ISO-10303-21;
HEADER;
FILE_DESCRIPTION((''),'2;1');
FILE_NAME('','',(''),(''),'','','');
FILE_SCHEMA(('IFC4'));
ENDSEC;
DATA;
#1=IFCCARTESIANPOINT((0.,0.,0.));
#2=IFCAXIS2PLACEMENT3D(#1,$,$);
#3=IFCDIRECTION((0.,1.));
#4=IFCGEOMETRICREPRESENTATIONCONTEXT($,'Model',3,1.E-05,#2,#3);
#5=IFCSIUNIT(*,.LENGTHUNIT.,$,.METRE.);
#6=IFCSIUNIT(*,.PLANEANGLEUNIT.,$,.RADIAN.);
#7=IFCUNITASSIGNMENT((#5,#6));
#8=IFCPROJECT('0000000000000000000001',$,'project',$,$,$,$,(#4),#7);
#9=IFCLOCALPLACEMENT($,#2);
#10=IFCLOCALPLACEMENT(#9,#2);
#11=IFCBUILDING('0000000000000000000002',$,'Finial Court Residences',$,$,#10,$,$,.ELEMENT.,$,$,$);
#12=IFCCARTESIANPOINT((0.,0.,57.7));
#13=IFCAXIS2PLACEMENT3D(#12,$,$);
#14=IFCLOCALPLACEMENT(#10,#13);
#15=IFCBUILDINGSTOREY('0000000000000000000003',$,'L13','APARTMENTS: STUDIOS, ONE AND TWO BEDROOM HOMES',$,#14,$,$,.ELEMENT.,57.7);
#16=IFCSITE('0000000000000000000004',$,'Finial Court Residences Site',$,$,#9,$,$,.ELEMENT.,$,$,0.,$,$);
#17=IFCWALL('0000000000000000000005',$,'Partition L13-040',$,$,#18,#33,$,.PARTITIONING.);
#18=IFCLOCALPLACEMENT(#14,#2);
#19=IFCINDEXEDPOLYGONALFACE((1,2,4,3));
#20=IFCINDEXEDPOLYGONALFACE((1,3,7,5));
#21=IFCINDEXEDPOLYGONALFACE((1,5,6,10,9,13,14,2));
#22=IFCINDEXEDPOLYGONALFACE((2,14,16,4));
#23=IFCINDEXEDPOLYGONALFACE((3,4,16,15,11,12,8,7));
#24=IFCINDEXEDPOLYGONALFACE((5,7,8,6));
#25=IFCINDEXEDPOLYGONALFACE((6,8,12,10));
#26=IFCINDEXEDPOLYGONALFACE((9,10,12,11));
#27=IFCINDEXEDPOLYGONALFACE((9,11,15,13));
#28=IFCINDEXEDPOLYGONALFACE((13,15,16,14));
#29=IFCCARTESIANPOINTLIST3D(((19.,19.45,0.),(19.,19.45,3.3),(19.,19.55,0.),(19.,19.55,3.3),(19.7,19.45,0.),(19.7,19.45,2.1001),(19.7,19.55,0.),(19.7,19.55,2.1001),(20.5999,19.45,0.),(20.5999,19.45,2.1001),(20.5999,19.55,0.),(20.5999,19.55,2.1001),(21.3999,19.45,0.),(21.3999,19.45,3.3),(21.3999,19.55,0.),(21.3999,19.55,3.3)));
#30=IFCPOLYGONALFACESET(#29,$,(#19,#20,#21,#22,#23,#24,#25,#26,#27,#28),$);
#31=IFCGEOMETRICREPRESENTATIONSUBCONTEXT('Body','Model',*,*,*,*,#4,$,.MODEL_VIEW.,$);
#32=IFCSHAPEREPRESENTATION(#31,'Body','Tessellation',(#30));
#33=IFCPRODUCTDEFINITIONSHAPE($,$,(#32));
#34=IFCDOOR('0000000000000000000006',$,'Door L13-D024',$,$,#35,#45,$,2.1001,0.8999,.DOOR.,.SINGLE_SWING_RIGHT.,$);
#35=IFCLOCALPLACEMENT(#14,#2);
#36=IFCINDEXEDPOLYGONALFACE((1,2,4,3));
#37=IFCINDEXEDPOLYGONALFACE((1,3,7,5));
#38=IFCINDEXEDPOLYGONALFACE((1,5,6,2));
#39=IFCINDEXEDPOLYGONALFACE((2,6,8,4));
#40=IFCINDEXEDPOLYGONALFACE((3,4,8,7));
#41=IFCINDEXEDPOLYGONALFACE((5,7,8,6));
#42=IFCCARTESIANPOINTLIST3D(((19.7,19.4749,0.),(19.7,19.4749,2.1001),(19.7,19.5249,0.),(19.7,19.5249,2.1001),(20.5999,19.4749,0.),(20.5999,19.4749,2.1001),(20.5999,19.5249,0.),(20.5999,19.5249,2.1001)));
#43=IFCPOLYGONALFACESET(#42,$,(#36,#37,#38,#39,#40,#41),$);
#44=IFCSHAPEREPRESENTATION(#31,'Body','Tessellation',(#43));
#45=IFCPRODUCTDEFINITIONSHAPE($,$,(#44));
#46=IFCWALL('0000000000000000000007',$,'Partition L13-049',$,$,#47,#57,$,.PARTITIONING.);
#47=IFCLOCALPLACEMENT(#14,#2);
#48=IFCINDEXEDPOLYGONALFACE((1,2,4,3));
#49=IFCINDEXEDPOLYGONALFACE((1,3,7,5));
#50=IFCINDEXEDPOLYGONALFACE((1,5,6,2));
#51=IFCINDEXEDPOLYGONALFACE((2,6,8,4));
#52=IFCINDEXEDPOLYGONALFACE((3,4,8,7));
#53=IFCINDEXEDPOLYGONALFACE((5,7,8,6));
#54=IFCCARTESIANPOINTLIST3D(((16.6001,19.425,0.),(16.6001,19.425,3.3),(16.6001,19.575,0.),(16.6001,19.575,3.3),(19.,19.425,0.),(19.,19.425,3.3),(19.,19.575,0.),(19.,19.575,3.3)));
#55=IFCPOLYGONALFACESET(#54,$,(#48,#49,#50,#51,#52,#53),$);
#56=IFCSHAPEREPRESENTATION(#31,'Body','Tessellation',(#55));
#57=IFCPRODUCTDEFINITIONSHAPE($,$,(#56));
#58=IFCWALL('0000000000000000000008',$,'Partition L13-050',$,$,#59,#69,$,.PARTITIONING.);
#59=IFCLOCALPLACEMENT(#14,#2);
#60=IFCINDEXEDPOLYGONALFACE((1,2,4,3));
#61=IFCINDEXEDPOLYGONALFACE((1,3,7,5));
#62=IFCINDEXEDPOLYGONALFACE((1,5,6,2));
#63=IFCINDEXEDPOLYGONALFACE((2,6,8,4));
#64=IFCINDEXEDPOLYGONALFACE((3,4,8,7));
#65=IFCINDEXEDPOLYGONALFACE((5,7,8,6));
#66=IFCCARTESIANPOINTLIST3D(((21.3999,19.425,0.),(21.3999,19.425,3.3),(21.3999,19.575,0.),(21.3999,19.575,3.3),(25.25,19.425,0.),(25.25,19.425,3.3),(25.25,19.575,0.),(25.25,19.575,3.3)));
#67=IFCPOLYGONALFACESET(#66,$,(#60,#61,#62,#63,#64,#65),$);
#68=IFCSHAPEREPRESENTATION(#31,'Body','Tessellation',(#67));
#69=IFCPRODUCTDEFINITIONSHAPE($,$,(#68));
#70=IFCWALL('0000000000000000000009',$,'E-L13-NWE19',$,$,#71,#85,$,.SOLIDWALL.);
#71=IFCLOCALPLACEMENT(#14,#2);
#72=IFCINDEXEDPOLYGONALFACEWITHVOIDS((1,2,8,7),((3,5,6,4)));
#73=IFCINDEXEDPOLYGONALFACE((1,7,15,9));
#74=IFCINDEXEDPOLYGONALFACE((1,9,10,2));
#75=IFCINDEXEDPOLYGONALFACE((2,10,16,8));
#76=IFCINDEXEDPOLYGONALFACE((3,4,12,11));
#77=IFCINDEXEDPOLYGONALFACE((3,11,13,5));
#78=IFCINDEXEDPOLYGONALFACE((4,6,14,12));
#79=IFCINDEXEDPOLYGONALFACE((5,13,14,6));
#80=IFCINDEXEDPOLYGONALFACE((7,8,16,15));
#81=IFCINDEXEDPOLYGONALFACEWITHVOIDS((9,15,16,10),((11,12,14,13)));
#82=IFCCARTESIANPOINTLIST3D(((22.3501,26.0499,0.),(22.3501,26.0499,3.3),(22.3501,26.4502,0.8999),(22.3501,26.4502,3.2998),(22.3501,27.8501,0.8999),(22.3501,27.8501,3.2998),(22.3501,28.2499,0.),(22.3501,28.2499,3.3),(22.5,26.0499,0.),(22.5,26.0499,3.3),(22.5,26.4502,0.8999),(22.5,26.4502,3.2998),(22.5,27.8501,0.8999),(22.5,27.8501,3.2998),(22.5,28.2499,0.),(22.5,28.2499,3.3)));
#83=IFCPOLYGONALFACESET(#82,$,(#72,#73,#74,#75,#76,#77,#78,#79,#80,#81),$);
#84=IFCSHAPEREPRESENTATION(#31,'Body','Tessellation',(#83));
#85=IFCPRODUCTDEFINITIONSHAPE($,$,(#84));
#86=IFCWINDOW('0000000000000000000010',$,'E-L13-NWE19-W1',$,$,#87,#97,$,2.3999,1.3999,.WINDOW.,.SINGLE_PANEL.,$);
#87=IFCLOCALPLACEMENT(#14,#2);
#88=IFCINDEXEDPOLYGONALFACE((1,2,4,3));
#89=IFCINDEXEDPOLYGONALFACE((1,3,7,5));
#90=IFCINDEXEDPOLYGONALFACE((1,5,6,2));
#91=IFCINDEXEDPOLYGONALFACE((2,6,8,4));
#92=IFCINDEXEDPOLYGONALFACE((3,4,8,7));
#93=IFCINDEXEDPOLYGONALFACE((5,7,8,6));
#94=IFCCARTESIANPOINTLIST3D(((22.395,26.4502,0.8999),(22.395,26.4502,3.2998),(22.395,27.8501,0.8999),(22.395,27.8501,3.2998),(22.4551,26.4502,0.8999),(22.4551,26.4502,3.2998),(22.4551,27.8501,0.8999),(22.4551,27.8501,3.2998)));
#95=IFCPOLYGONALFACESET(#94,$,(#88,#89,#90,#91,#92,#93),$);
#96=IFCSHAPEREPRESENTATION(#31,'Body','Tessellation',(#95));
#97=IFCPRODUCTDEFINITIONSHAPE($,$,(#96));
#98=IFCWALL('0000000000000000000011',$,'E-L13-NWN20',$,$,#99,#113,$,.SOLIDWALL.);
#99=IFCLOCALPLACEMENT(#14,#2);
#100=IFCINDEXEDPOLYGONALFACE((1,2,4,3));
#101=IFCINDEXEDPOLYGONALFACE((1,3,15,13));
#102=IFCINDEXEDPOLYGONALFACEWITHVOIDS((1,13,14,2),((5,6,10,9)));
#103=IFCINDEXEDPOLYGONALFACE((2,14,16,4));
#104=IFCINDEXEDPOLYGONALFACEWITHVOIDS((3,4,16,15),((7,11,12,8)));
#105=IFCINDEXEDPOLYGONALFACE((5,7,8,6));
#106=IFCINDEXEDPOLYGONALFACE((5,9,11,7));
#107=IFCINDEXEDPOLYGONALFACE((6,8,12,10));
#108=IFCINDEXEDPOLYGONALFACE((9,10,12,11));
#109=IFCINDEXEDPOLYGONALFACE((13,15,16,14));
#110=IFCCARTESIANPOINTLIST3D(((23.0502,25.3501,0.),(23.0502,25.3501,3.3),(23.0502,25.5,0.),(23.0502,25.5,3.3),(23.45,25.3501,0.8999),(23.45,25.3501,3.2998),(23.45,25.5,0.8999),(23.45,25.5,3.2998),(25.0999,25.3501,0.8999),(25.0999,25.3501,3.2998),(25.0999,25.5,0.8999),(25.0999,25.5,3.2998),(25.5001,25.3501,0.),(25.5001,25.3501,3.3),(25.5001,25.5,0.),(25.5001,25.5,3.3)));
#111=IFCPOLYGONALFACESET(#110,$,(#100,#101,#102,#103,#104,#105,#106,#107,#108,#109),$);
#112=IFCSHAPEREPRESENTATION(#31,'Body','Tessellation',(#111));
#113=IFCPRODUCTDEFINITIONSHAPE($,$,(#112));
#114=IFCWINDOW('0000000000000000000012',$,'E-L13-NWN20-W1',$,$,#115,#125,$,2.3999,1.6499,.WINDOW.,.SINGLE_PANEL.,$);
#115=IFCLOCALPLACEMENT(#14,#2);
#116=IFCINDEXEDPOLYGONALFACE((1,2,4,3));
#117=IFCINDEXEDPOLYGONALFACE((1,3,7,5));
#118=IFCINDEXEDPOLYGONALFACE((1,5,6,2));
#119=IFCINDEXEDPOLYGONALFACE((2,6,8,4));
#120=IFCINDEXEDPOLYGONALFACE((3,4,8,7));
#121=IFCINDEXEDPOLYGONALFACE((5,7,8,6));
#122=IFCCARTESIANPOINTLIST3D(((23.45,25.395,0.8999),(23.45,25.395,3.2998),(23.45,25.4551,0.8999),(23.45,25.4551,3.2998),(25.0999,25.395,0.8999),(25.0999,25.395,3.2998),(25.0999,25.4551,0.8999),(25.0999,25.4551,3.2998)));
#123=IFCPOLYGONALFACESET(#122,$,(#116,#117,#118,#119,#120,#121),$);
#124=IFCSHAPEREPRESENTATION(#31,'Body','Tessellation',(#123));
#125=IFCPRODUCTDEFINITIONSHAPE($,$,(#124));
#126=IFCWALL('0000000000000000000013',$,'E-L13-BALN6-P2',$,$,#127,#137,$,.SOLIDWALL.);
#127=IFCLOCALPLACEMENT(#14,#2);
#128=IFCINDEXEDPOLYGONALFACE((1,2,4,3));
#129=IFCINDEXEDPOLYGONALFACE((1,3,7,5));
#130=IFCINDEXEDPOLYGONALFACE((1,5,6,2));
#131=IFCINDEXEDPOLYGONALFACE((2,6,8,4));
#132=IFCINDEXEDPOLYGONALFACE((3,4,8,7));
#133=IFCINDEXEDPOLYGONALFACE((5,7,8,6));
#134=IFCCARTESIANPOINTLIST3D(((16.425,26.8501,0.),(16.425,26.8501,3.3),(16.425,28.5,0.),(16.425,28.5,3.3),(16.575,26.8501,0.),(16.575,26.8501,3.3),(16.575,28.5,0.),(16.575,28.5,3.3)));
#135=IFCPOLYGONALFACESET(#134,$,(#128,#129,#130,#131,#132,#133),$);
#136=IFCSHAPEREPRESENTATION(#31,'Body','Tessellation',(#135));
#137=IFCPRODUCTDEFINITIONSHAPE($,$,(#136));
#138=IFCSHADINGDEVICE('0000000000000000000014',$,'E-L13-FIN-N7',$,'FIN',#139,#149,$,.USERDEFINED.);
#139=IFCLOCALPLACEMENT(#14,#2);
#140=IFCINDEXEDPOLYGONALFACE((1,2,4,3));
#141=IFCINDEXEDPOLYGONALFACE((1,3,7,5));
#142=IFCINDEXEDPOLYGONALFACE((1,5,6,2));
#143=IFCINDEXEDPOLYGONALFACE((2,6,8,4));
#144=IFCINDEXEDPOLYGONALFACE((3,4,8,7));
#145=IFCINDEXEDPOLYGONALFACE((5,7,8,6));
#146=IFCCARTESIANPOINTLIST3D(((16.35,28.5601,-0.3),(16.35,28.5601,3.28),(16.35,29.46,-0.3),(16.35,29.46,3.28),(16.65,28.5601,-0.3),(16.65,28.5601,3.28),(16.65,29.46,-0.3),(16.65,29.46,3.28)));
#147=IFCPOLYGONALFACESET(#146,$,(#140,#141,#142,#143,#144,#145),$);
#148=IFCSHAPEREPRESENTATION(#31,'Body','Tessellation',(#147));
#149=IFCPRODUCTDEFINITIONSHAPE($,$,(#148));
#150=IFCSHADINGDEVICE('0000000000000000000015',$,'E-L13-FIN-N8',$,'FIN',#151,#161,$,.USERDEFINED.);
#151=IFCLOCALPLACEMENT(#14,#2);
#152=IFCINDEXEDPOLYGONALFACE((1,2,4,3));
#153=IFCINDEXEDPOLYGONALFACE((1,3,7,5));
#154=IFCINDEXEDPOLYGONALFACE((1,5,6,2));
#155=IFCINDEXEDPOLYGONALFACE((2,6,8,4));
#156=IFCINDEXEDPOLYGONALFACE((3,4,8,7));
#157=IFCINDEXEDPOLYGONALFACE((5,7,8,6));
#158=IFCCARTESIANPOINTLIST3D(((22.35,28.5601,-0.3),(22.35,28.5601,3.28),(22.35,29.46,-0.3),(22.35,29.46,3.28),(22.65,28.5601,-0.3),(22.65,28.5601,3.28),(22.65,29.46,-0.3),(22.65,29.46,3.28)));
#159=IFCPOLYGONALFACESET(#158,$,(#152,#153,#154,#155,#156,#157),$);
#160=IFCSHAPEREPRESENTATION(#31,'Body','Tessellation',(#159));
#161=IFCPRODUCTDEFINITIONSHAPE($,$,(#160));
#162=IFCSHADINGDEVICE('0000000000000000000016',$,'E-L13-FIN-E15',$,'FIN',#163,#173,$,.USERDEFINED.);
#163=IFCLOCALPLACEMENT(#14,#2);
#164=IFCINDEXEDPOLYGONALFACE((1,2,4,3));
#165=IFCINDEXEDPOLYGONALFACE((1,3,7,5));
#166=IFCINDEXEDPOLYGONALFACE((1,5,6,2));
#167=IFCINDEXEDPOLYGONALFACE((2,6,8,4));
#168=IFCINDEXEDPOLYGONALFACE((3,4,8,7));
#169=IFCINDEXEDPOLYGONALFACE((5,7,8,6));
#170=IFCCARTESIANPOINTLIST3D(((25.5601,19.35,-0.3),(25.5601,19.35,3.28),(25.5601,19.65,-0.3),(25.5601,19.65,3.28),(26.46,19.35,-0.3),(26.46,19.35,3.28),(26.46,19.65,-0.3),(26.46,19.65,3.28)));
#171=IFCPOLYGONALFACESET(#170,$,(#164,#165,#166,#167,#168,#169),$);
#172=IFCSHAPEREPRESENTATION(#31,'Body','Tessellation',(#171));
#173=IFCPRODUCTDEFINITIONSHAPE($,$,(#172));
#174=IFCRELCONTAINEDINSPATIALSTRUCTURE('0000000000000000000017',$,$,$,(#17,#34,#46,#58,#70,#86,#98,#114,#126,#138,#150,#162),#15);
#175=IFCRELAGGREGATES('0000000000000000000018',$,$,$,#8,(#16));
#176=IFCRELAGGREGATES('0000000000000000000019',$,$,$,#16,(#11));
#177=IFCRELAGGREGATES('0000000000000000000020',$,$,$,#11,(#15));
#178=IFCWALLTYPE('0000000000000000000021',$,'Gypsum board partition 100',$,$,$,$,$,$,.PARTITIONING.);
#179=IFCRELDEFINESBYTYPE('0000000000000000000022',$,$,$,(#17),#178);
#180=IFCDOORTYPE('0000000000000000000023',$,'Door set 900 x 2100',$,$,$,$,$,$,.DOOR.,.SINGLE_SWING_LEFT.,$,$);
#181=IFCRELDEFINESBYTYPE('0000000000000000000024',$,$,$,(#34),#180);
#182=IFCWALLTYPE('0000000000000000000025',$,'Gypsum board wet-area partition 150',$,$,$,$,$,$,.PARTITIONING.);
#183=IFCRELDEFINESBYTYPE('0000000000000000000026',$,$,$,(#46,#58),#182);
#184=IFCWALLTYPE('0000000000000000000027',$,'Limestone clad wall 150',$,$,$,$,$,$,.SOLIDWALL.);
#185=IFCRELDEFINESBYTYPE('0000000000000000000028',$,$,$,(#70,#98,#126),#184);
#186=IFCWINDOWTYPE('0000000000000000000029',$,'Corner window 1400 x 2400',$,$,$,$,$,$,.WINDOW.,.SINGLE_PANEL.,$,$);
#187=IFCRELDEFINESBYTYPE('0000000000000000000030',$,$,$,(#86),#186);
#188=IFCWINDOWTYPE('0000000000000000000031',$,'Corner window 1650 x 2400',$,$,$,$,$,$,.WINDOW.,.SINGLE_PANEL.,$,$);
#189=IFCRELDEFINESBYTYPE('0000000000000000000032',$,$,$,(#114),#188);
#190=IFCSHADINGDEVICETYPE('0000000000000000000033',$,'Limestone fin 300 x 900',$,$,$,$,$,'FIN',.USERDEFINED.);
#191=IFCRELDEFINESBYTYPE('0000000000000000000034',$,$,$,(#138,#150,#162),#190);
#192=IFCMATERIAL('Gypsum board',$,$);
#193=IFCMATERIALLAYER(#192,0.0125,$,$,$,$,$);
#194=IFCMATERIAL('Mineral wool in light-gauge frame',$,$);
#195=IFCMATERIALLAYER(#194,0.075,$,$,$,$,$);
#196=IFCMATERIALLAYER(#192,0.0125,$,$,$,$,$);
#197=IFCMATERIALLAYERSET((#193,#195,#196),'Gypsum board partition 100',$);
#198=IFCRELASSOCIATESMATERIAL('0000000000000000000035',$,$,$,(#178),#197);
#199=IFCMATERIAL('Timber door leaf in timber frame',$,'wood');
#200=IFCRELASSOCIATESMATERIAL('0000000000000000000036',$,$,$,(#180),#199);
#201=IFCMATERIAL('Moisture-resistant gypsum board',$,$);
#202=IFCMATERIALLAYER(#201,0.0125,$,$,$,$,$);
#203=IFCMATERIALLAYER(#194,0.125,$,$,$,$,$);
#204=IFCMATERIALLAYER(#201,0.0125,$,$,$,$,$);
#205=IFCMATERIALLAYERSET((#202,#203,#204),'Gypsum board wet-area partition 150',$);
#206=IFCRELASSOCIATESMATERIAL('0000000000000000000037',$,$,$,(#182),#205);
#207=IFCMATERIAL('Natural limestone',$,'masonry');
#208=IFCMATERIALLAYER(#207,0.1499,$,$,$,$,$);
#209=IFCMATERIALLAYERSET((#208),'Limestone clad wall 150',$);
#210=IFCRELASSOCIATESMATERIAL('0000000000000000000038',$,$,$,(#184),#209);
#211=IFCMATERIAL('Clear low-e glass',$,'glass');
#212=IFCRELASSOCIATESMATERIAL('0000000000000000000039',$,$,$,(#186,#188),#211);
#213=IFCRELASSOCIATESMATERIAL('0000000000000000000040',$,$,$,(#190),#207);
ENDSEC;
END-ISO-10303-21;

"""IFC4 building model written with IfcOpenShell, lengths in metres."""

from ifc_helpers import new_model, si_unit, direction, frame, frame_2d, origin, origin_2d, place, context, subcontext, project, spatial, rectangle, extrude, material, layer, layer_set, type_object, element, fill, save


model = new_model("IFC4")

# Units and contexts
model_context = context("Model", 3, precision=1e-05, world=origin(), true_north=direction((0.0, 1.0)))
body_context = subcontext(model_context, "Body", "Model", "MODEL_VIEW")
ifc_project = project(units=[si_unit("LENGTHUNIT", "METRE"), si_unit("PLANEANGLEUNIT", "RADIAN")], contexts=[model_context])

# Site, building, storey
site_placement = place(None, origin())
site = spatial("IfcSite", under=ifc_project, at=site_placement, Name="Finial Court Residences Site", CompositionType="ELEMENT", RefElevation=0.0)
building_placement = place(site_placement, origin())
building = spatial("IfcBuilding", under=site, at=building_placement, Name="Finial Court Residences", CompositionType="ELEMENT")
storey_placement = place(building_placement, frame((0.0, 0.0, 57.7)))
storey = spatial("IfcBuildingStorey", under=building, at=storey_placement, Name="L13", Description="APARTMENTS: STUDIOS, ONE AND TWO BEDROOM HOMES", CompositionType="ELEMENT", Elevation=57.7)

# Shared definitions
ifc_material_1 = material(Name="Clear low-e glass", Category="glass")

# Wall, opening, door
ifc_material_2 = material(Name="Gypsum board")
ifc_layer_1 = layer(ifc_material_2, 0.0125)
ifc_material_3 = material(Name="Mineral wool in light-gauge frame")
ifc_layer_2 = layer(ifc_material_3, 0.075)
ifc_layer_3 = layer(ifc_material_2, 0.0125)
ifc_layer_set_1 = layer_set([ifc_layer_1, ifc_layer_2, ifc_layer_3], Name="Gypsum board partition 100")
wall_type_1 = type_object("IfcWallType", Name="Gypsum board partition 100", PredefinedType="PARTITIONING", material=ifc_layer_set_1)
wall_1_placement = place(storey_placement, frame((19.0, 19.5, 0.0), z_axis=(0.0, 0.0, 1.0), x_axis=(1.0, 0.0, 0.0)))
wall_1 = element("IfcWall", 1, at=wall_1_placement, inside=storey, type_object=wall_type_1, Name="Partition L13-040", PredefinedType="PARTITIONING", context=body_context, shape_type="SweptSolid", body=[
    extrude(rectangle(XDim=2.3999, YDim=0.1001, at=frame_2d((1.2, 0.0))), origin(), (0.0, 0.0, 1.0), 3.3),
])
opening_1_placement = place(wall_1_placement, frame((0.7, 0.0, 0.0)))
opening_1 = element("IfcOpeningElement", 2, at=opening_1_placement, cuts=wall_1, PredefinedType="OPENING", context=body_context, shape_type="SweptSolid", body=[
    extrude(rectangle(XDim=0.8999, YDim=2.1001, at=frame_2d((0.45, 1.05))), frame((0.0, 0.0601, 0.0), z_axis=(0.0, -1.0, 0.0), x_axis=(1.0, 0.0, 0.0)), (0.0, 0.0, 1.0), 0.1201),
])
ifc_material_4 = material(Name="Timber door leaf in timber frame", Category="wood")
door_type = type_object("IfcDoorType", Name="Door set 900 x 2100", OperationType="SINGLE_SWING_LEFT", PredefinedType="DOOR", material=ifc_material_4)
door_placement = place(opening_1_placement, origin())
door = element("IfcDoor", 3, at=door_placement, inside=storey, type_object=door_type, Name="Door L13-D024", OperationType="SINGLE_SWING_RIGHT", OverallHeight=2.1001, OverallWidth=0.8999, PredefinedType="DOOR", context=body_context, shape_type="SweptSolid", body=[
    extrude(rectangle(XDim=0.8999, YDim=2.1001, at=frame_2d((0.45, 1.05))), frame((0.0, 0.0249, 0.0), z_axis=(0.0, -1.0, 0.0), x_axis=(1.0, 0.0, 0.0)), (0.0, 0.0, 1.0), 0.05),
])
fill(opening_1, door)

# Walls
ifc_material_5 = material(Name="Moisture-resistant gypsum board")
ifc_layer_4 = layer(ifc_material_5, 0.0125)
ifc_layer_5 = layer(ifc_material_3, 0.125)
ifc_layer_6 = layer(ifc_material_5, 0.0125)
ifc_layer_set_2 = layer_set([ifc_layer_4, ifc_layer_5, ifc_layer_6], Name="Gypsum board wet-area partition 150")
wall_type_2 = type_object("IfcWallType", Name="Gypsum board wet-area partition 150", PredefinedType="PARTITIONING", material=ifc_layer_set_2)
wall_2_placement = place(storey_placement, frame((16.6001, 19.5, 0.0), z_axis=(0.0, 0.0, 1.0), x_axis=(1.0, 0.0, 0.0)))
element("IfcWall", 4, at=wall_2_placement, inside=storey, type_object=wall_type_2, Name="Partition L13-049", PredefinedType="PARTITIONING", context=body_context, shape_type="SweptSolid", body=[
    extrude(rectangle(XDim=2.3999, YDim=0.1499, at=frame_2d((1.2, 0.0))), origin(), (0.0, 0.0, 1.0), 3.3),
])
wall_3_placement = place(storey_placement, frame((21.3999, 19.5, 0.0), z_axis=(0.0, 0.0, 1.0), x_axis=(1.0, 0.0, 0.0)))
element("IfcWall", 5, at=wall_3_placement, inside=storey, type_object=wall_type_2, Name="Partition L13-050", PredefinedType="PARTITIONING", context=body_context, shape_type="SweptSolid", body=[
    extrude(rectangle(XDim=3.8501, YDim=0.1499, at=frame_2d((1.925, 0.0))), origin(), (0.0, 0.0, 1.0), 3.3),
])

# Walls, openings, windows
ifc_material_6 = material(Name="Natural limestone", Category="masonry")
ifc_layer_7 = layer(ifc_material_6, 0.1499)
ifc_layer_set_3 = layer_set([ifc_layer_7], Name="Limestone clad wall 150")
wall_type_3 = type_object("IfcWallType", Name="Limestone clad wall 150", PredefinedType="SOLIDWALL", material=ifc_layer_set_3)
wall_4_placement = place(storey_placement, frame((22.425, 28.25, 0.0), z_axis=(0.0, 0.0, 1.0), x_axis=(0.0, -1.0, 0.0)))
wall_4 = element("IfcWall", 6, at=wall_4_placement, inside=storey, type_object=wall_type_3, Name="E-L13-NWE19", PredefinedType="SOLIDWALL", context=body_context, shape_type="SweptSolid", body=[
    extrude(rectangle(XDim=2.2, YDim=0.1499, at=frame_2d((1.1001, 0.0))), origin(), (0.0, 0.0, 1.0), 3.3),
])
opening_2_placement = place(wall_4_placement, frame((0.3999, 0.0, 0.8999)))
opening_2 = element("IfcOpeningElement", 7, at=opening_2_placement, cuts=wall_4, PredefinedType="OPENING", context=body_context, shape_type="SweptSolid", body=[
    extrude(rectangle(XDim=1.3999, YDim=2.3999, at=frame_2d((0.7, 1.2))), frame((0.0, 0.085, 0.0), z_axis=(0.0, -1.0, 0.0), x_axis=(1.0, 0.0, 0.0)), (0.0, 0.0, 1.0), 0.1699),
])
window_type_1 = type_object("IfcWindowType", Name="Corner window 1400 x 2400", PartitioningType="SINGLE_PANEL", PredefinedType="WINDOW", material=ifc_material_1)
window_1_placement = place(opening_2_placement, origin())
window_1 = element("IfcWindow", 8, at=window_1_placement, inside=storey, type_object=window_type_1, Name="E-L13-NWE19-W1", OverallHeight=2.3999, OverallWidth=1.3999, PartitioningType="SINGLE_PANEL", PredefinedType="WINDOW", context=body_context, shape_type="SweptSolid", body=[
    extrude(rectangle(XDim=1.3999, YDim=2.3999, at=frame_2d((0.7, 1.2))), frame((0.0, 0.03, 0.0), z_axis=(0.0, -1.0, 0.0), x_axis=(1.0, 0.0, 0.0)), (0.0, 0.0, 1.0), 0.0601),
])
fill(opening_2, window_1)
wall_5_placement = place(storey_placement, frame((23.05, 25.425, 0.0), z_axis=(0.0, 0.0, 1.0), x_axis=(1.0, 0.0, 0.0)))
wall_5 = element("IfcWall", 9, at=wall_5_placement, inside=storey, type_object=wall_type_3, Name="E-L13-NWN20", PredefinedType="SOLIDWALL", context=body_context, shape_type="SweptSolid", body=[
    extrude(rectangle(XDim=2.45, YDim=0.1499, at=frame_2d((1.2251, 0.0))), origin(), (0.0, 0.0, 1.0), 3.3),
])
opening_3_placement = place(wall_5_placement, frame((0.3999, 0.0, 0.8999)))
opening_3 = element("IfcOpeningElement", 10, at=opening_3_placement, cuts=wall_5, PredefinedType="OPENING", context=body_context, shape_type="SweptSolid", body=[
    extrude(rectangle(XDim=1.6499, YDim=2.3999, at=frame_2d((0.825, 1.2))), frame((0.0, 0.085, 0.0), z_axis=(0.0, -1.0, 0.0), x_axis=(1.0, 0.0, 0.0)), (0.0, 0.0, 1.0), 0.1699),
])
window_type_2 = type_object("IfcWindowType", Name="Corner window 1650 x 2400", PartitioningType="SINGLE_PANEL", PredefinedType="WINDOW", material=ifc_material_1)
window_2_placement = place(opening_3_placement, origin())
window_2 = element("IfcWindow", 11, at=window_2_placement, inside=storey, type_object=window_type_2, Name="E-L13-NWN20-W1", OverallHeight=2.3999, OverallWidth=1.6499, PartitioningType="SINGLE_PANEL", PredefinedType="WINDOW", context=body_context, shape_type="SweptSolid", body=[
    extrude(rectangle(XDim=1.6499, YDim=2.3999, at=frame_2d((0.825, 1.2))), frame((0.0, 0.03, 0.0), z_axis=(0.0, -1.0, 0.0), x_axis=(1.0, 0.0, 0.0)), (0.0, 0.0, 1.0), 0.0601),
])
fill(opening_3, window_2)

# Wall
wall_6_placement = place(storey_placement, frame((16.5, 26.8501, 0.0), z_axis=(0.0, 0.0, 1.0), x_axis=(0.0, 1.0, 0.0)))
element("IfcWall", 12, at=wall_6_placement, inside=storey, type_object=wall_type_3, Name="E-L13-BALN6-P2", PredefinedType="SOLIDWALL", context=body_context, shape_type="SweptSolid", body=[
    extrude(rectangle(XDim=1.6499, YDim=0.1499, at=frame_2d((0.825, 0.0))), origin(), (0.0, 0.0, 1.0), 3.3),
])

# Shading devices
shading_device_type = type_object("IfcShadingDeviceType", Name="Limestone fin 300 x 900", ElementType="FIN", PredefinedType="USERDEFINED", material=ifc_material_6)
for number, where, z_axis, x_axis, name in (
    (13, (16.5, 29.01, -0.3), (0.0, 0.0, 1.0), (1.0, 0.0, 0.0), "E-L13-FIN-N7"),
    (14, (22.5, 29.01, -0.3), (0.0, 0.0, 1.0), (1.0, 0.0, 0.0), "E-L13-FIN-N8"),
):
    element("IfcShadingDevice", number, at=place(storey_placement, frame(where, z_axis=z_axis, x_axis=x_axis)), inside=storey, type_object=shading_device_type, Name=name, ObjectType="FIN", PredefinedType="USERDEFINED", context=body_context, shape_type="SweptSolid", body=[
        extrude(rectangle(XDim=0.3, YDim=0.8999, at=origin_2d()), origin(), (0.0, 0.0, 1.0), 3.5801),
    ])
for number, where, z_axis, x_axis, name in (
    (15, (26.01, 19.5, -0.3), (0.0, 0.0, 1.0), (1.0, 0.0, 0.0), "E-L13-FIN-E15"),
):
    element("IfcShadingDevice", number, at=place(storey_placement, frame(where, z_axis=z_axis, x_axis=x_axis)), inside=storey, type_object=shading_device_type, Name=name, ObjectType="FIN", PredefinedType="USERDEFINED", context=body_context, shape_type="SweptSolid", body=[
        extrude(rectangle(XDim=0.8999, YDim=0.3, at=origin_2d()), origin(), (0.0, 0.0, 1.0), 3.5801),
    ])

save(model, "model.ifc")
